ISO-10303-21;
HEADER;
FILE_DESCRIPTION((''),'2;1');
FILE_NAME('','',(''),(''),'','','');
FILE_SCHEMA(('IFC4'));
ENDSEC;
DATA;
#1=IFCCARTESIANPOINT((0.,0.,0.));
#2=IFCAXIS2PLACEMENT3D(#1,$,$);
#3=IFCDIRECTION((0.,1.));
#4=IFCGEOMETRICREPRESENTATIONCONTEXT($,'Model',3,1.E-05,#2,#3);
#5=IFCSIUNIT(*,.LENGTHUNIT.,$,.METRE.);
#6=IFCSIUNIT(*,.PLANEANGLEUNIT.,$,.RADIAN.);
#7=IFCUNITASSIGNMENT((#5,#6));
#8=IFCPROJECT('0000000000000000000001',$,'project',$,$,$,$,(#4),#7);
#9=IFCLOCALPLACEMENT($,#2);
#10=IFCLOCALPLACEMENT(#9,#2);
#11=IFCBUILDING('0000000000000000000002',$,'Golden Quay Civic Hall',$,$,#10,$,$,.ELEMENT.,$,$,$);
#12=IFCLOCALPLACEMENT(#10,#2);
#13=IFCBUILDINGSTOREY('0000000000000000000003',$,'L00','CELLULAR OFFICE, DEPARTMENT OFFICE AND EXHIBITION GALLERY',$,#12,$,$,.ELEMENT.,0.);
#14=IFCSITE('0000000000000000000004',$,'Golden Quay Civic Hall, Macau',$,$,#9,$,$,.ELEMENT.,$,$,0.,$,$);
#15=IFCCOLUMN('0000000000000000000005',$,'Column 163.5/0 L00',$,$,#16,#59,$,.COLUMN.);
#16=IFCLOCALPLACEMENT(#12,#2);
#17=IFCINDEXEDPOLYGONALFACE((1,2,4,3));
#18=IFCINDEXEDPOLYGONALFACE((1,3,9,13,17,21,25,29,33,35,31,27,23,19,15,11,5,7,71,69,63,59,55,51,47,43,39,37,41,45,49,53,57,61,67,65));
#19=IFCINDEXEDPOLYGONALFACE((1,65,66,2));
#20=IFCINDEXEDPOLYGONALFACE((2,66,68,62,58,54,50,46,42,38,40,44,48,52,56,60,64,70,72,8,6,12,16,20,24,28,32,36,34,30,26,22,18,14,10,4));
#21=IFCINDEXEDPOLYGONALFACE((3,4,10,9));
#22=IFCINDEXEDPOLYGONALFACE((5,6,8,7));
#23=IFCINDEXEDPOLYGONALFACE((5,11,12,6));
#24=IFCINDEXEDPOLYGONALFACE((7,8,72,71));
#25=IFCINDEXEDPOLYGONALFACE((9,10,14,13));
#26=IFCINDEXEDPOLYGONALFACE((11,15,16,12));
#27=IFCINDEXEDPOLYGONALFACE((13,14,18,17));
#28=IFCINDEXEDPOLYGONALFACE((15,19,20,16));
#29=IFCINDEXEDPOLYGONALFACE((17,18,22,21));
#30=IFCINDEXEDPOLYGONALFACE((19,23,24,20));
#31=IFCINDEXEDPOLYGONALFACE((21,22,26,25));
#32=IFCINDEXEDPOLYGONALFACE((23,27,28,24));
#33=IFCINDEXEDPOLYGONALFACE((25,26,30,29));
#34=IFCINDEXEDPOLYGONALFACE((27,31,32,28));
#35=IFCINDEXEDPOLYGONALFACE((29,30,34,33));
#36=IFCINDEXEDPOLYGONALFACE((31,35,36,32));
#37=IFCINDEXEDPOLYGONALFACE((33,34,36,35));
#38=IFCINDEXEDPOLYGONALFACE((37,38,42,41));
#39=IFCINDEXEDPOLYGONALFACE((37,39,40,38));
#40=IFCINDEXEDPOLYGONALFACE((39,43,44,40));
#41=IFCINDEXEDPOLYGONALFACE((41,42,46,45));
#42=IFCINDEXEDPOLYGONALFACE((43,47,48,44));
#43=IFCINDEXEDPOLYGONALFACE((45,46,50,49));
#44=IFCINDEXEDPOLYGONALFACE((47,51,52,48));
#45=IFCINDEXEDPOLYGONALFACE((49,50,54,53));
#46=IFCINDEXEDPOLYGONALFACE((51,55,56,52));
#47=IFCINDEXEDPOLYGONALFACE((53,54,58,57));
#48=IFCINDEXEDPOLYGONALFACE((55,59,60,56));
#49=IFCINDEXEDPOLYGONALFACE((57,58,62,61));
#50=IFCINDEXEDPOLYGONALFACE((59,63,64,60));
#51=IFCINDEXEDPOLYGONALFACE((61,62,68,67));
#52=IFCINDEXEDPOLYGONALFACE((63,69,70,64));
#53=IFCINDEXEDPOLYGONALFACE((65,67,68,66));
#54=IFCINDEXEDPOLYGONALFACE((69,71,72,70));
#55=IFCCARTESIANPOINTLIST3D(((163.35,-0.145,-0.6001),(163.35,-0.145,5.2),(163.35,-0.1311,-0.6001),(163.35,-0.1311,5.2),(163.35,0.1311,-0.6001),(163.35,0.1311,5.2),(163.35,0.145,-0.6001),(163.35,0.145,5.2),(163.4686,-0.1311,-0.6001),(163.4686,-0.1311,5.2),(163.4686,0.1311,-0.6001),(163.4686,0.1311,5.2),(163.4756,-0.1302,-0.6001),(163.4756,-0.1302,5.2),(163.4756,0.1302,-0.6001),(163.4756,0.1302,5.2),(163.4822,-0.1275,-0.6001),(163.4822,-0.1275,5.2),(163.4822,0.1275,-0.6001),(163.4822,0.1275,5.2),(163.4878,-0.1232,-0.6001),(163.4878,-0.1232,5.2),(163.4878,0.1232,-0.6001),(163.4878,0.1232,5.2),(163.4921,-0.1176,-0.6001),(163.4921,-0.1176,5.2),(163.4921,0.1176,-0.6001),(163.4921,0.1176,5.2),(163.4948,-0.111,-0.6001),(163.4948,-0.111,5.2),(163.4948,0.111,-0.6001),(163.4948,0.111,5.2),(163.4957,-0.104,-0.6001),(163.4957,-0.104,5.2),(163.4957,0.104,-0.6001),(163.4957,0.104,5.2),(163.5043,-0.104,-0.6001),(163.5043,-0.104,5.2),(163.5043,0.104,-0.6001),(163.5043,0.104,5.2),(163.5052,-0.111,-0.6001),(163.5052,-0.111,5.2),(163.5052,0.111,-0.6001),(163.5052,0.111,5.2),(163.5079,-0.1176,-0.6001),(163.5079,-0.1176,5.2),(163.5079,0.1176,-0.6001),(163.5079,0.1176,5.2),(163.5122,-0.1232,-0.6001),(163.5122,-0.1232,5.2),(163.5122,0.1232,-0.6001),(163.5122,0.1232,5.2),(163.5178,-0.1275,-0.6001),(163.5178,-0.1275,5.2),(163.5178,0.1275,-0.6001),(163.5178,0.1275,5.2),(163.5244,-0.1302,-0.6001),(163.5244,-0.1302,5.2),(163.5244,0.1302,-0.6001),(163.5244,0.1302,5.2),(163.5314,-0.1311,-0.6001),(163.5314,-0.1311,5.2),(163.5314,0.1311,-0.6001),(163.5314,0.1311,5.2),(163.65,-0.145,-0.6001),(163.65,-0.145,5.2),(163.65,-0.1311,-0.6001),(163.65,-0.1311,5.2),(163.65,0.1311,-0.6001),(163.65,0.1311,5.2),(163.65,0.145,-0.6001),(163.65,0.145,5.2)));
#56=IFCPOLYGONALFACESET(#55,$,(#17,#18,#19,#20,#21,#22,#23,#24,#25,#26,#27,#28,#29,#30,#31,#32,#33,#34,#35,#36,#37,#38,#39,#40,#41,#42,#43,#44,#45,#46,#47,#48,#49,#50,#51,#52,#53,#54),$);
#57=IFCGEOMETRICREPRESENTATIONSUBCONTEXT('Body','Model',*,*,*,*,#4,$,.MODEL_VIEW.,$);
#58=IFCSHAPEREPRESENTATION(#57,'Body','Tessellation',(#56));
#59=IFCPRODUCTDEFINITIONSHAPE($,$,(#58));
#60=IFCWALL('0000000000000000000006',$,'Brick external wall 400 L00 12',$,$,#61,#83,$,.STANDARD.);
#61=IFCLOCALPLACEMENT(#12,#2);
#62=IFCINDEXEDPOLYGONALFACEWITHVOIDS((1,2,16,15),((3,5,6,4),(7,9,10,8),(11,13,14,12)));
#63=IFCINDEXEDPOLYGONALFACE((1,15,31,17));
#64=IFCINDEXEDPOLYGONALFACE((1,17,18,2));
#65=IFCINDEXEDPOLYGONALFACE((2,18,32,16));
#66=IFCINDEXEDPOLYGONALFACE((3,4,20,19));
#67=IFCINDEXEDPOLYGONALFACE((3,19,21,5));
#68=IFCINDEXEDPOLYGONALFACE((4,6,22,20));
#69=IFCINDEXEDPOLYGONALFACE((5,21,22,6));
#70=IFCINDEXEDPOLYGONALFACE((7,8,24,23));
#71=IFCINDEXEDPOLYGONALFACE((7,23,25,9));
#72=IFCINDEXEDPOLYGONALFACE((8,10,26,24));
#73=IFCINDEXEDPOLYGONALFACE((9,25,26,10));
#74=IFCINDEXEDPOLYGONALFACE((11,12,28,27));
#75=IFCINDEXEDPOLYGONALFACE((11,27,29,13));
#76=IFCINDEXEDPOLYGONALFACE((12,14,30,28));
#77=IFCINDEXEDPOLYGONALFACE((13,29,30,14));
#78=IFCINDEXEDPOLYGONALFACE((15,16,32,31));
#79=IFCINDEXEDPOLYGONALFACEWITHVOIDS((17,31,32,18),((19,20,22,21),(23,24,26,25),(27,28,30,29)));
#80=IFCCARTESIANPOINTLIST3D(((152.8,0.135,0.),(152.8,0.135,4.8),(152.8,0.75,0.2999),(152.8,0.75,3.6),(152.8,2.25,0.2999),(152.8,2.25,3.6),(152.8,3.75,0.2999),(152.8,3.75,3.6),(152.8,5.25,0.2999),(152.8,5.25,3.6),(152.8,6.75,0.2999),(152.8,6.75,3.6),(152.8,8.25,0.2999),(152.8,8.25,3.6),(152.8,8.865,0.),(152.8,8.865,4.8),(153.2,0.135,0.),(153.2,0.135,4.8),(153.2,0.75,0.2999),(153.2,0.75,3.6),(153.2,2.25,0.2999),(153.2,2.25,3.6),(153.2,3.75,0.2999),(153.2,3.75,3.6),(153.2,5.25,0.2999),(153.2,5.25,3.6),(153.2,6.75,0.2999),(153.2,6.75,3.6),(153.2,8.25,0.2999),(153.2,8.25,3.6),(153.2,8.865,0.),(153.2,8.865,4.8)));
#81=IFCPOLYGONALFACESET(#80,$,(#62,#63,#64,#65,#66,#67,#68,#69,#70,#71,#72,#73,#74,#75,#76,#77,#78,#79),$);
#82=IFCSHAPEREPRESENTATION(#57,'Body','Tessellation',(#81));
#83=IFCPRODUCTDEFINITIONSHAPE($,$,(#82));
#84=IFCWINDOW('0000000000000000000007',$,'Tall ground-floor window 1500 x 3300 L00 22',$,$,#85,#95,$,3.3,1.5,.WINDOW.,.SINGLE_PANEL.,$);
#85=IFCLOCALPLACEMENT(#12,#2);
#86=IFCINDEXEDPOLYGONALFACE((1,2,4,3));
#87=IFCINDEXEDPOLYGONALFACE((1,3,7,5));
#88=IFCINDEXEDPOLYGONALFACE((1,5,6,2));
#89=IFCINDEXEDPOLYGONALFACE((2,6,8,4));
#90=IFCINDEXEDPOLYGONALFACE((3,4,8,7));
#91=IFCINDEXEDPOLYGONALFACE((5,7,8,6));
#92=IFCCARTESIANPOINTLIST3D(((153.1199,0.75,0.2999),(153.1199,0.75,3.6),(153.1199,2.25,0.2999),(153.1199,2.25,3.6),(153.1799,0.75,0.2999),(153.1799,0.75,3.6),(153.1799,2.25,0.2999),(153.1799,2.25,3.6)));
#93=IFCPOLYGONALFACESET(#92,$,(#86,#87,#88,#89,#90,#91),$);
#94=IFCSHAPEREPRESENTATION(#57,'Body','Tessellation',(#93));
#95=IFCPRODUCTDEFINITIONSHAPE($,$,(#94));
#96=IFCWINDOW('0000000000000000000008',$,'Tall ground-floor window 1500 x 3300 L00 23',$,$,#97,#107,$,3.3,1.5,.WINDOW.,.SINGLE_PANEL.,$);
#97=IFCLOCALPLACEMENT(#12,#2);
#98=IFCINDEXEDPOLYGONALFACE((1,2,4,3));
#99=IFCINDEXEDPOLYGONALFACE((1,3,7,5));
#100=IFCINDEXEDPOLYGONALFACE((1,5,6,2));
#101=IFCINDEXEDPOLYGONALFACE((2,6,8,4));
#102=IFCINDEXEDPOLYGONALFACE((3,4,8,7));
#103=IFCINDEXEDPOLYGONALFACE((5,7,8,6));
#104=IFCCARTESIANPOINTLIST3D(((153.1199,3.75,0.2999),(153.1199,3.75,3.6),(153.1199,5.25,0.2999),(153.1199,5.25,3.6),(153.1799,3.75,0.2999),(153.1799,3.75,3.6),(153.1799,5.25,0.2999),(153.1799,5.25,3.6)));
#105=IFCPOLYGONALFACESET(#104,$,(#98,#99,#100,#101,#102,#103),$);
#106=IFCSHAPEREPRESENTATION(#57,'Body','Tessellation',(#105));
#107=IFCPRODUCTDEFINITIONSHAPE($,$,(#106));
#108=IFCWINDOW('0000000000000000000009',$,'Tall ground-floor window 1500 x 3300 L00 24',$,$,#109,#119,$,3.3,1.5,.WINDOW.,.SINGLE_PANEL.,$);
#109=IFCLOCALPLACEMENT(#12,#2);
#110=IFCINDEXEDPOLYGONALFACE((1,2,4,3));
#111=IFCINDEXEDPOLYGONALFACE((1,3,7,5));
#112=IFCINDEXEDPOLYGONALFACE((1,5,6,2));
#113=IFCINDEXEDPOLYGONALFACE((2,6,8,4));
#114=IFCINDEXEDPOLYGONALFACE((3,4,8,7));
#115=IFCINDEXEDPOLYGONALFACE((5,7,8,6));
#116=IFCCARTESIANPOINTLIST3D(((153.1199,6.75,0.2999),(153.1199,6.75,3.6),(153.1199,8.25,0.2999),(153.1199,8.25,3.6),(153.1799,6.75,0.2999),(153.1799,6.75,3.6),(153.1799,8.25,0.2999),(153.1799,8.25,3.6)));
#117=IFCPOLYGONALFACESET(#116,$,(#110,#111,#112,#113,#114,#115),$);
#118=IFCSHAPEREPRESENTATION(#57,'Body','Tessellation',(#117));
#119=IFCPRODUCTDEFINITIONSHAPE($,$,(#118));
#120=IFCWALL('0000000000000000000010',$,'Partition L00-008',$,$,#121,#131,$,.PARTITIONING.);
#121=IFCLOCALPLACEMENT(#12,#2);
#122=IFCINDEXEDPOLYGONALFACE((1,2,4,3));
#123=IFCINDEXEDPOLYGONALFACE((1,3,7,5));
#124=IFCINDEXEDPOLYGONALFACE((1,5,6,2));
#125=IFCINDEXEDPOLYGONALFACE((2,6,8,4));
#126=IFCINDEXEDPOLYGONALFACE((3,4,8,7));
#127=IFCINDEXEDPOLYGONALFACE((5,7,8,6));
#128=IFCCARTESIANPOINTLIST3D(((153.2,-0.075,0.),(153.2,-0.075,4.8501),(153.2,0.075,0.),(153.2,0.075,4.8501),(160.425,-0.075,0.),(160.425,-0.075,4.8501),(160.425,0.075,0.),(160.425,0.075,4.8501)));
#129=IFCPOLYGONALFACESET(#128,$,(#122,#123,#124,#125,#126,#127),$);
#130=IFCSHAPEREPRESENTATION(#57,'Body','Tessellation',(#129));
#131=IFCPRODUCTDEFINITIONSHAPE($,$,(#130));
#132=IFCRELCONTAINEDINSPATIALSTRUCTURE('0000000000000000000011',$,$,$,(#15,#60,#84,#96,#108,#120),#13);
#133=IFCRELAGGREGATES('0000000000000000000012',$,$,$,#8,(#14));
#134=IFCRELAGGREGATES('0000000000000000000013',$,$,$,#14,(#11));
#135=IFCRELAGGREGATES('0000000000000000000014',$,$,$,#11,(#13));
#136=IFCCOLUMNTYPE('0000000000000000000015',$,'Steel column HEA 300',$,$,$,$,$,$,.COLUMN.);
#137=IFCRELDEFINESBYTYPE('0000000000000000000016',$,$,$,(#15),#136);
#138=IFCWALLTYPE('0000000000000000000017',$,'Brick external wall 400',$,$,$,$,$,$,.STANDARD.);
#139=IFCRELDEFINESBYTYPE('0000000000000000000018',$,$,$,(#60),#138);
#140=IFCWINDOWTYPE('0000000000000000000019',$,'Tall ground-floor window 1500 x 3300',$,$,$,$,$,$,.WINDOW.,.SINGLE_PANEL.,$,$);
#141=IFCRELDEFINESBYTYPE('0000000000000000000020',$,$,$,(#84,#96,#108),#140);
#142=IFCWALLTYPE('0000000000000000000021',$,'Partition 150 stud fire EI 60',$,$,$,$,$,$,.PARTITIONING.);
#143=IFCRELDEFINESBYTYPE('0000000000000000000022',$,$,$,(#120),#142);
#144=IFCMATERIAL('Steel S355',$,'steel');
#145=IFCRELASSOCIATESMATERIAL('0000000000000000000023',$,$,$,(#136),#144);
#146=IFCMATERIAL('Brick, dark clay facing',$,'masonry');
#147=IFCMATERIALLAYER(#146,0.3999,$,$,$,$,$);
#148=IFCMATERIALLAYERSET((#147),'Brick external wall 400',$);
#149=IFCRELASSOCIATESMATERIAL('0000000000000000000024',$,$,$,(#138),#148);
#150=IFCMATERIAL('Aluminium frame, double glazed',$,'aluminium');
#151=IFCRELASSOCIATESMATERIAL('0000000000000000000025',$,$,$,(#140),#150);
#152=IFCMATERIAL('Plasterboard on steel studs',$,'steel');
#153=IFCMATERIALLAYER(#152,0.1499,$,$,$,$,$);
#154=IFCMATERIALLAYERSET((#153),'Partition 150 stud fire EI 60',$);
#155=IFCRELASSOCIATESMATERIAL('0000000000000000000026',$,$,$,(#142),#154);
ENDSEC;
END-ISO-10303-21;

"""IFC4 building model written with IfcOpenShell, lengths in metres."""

from ifc_helpers import new_model, si_unit, direction, frame, frame_2d, origin, origin_2d, place, context, subcontext, project, spatial, rectangle, i_section, extrude, material, layer, layer_set, material_profile, profile_set, type_object, element, fill, save


model = new_model("IFC4")

# Units and contexts
model_context = context("Model", 3, precision=1e-05, world=origin(), true_north=direction((0.0, 1.0)))
body_context = subcontext(model_context, "Body", "Model", "MODEL_VIEW")
ifc_project = project(units=[si_unit("LENGTHUNIT", "METRE"), si_unit("PLANEANGLEUNIT", "RADIAN")], contexts=[model_context])

# Site, building, storey
site_placement = place(None, origin())
site = spatial("IfcSite", under=ifc_project, at=site_placement, Name="Golden Quay Civic Hall, Macau", CompositionType="ELEMENT", RefElevation=0.0)
building_placement = place(site_placement, origin())
building = spatial("IfcBuilding", under=site, at=building_placement, Name="Golden Quay Civic Hall", CompositionType="ELEMENT")
storey_placement = place(building_placement, origin())
storey = spatial("IfcBuildingStorey", under=building, at=storey_placement, Name="L00", Description="CELLULAR OFFICE, DEPARTMENT OFFICE AND EXHIBITION GALLERY", CompositionType="ELEMENT", Elevation=0.0)

# Column
ifc_material_1 = material(Name="Steel S355", Category="steel")
ifc_material_profile_1 = material_profile(ifc_material_1, i_section(OverallWidth=0.3, OverallDepth=0.29, WebThickness=0.0085, FlangeThickness=0.0139, FilletRadius=0.0271, at=origin_2d()), Name="HEA 300")
ifc_profile_set_1 = profile_set([ifc_material_profile_1], Name="Steel S355")
column_type = type_object("IfcColumnType", Name="Steel column HEA 300", PredefinedType="COLUMN", material=ifc_profile_set_1)
for number, where, z_axis, x_axis, name in (
    (1, (163.5, 0.0, -0.6001), (0.0, 0.0, 1.0), (1.0, 0.0, 0.0), "Column 163.5/0 L00"),
):
    element("IfcColumn", number, at=place(storey_placement, frame(where, z_axis=z_axis, x_axis=x_axis)), inside=storey, type_object=column_type, Name=name, PredefinedType="COLUMN", context=body_context, shape_type="SweptSolid", body=[
        extrude(i_section(OverallWidth=0.3, OverallDepth=0.29, WebThickness=0.0085, FlangeThickness=0.0139, FilletRadius=0.0271, at=origin_2d()), origin(), (0.0, 0.0, 1.0), 5.8),
    ])

# Wall, openings, windows
ifc_material_2 = material(Name="Brick, dark clay facing", Category="masonry")
ifc_layer_1 = layer(ifc_material_2, 0.3999)
ifc_layer_set_1 = layer_set([ifc_layer_1], Name="Brick external wall 400")
wall_type_1 = type_object("IfcWallType", Name="Brick external wall 400", PredefinedType="STANDARD", material=ifc_layer_set_1)
wall_1_placement = place(storey_placement, frame((153.0, 0.135, 0.0), z_axis=(0.0, 0.0, 1.0), x_axis=(0.0, 1.0, 0.0)))
wall_1 = element("IfcWall", 2, at=wall_1_placement, inside=storey, type_object=wall_type_1, Name="Brick external wall 400 L00 12", PredefinedType="STANDARD", context=body_context, shape_type="SweptSolid", body=[
    extrude(rectangle(XDim=8.73, YDim=0.3999, at=frame_2d((4.365, 0.0))), origin(), (0.0, 0.0, 1.0), 4.8),
])
opening_1_placement = place(wall_1_placement, frame((0.615, 0.0, 0.3)))
opening_1 = element("IfcOpeningElement", 3, at=opening_1_placement, cuts=wall_1, PredefinedType="OPENING", context=body_context, shape_type="SweptSolid", body=[
    extrude(rectangle(XDim=1.5, YDim=3.3, at=frame_2d((0.75, 1.6499))), frame((0.0, 0.21, 0.0), z_axis=(0.0, -1.0, 0.0), x_axis=(1.0, 0.0, 0.0)), (0.0, 0.0, 1.0), 0.4199),
])
opening_2_placement = place(wall_1_placement, frame((3.615, 0.0, 0.3)))
opening_2 = element("IfcOpeningElement", 4, at=opening_2_placement, cuts=wall_1, PredefinedType="OPENING", context=body_context, shape_type="SweptSolid", body=[
    extrude(rectangle(XDim=1.5, YDim=3.3, at=frame_2d((0.75, 1.6499))), frame((0.0, 0.21, 0.0), z_axis=(0.0, -1.0, 0.0), x_axis=(1.0, 0.0, 0.0)), (0.0, 0.0, 1.0), 0.4199),
])
opening_3_placement = place(wall_1_placement, frame((6.615, 0.0, 0.3)))
opening_3 = element("IfcOpeningElement", 5, at=opening_3_placement, cuts=wall_1, PredefinedType="OPENING", context=body_context, shape_type="SweptSolid", body=[
    extrude(rectangle(XDim=1.5, YDim=3.3, at=frame_2d((0.75, 1.6499))), frame((0.0, 0.21, 0.0), z_axis=(0.0, -1.0, 0.0), x_axis=(1.0, 0.0, 0.0)), (0.0, 0.0, 1.0), 0.4199),
])
ifc_material_3 = material(Name="Aluminium frame, double glazed", Category="aluminium")
window_type = type_object("IfcWindowType", Name="Tall ground-floor window 1500 x 3300", PartitioningType="SINGLE_PANEL", PredefinedType="WINDOW", material=ifc_material_3)
window_1_placement = place(opening_1_placement, origin())
window_1 = element("IfcWindow", 6, at=window_1_placement, inside=storey, type_object=window_type, Name="Tall ground-floor window 1500 x 3300 L00 22", OverallHeight=3.3, OverallWidth=1.5, PartitioningType="SINGLE_PANEL", PredefinedType="WINDOW", context=body_context, shape_type="SweptSolid", body=[
    extrude(rectangle(XDim=1.5, YDim=3.3, at=frame_2d((0.75, 1.6499))), frame((0.0, -0.1199, 0.0), z_axis=(0.0, -1.0, 0.0), x_axis=(1.0, 0.0, 0.0)), (0.0, 0.0, 1.0), 0.0601),
])
fill(opening_1, window_1)
window_2_placement = place(opening_2_placement, origin())
window_2 = element("IfcWindow", 7, at=window_2_placement, inside=storey, type_object=window_type, Name="Tall ground-floor window 1500 x 3300 L00 23", OverallHeight=3.3, OverallWidth=1.5, PartitioningType="SINGLE_PANEL", PredefinedType="WINDOW", context=body_context, shape_type="SweptSolid", body=[
    extrude(rectangle(XDim=1.5, YDim=3.3, at=frame_2d((0.75, 1.6499))), frame((0.0, -0.1199, 0.0), z_axis=(0.0, -1.0, 0.0), x_axis=(1.0, 0.0, 0.0)), (0.0, 0.0, 1.0), 0.0601),
])
fill(opening_2, window_2)
window_3_placement = place(opening_3_placement, origin())
window_3 = element("IfcWindow", 8, at=window_3_placement, inside=storey, type_object=window_type, Name="Tall ground-floor window 1500 x 3300 L00 24", OverallHeight=3.3, OverallWidth=1.5, PartitioningType="SINGLE_PANEL", PredefinedType="WINDOW", context=body_context, shape_type="SweptSolid", body=[
    extrude(rectangle(XDim=1.5, YDim=3.3, at=frame_2d((0.75, 1.6499))), frame((0.0, -0.1199, 0.0), z_axis=(0.0, -1.0, 0.0), x_axis=(1.0, 0.0, 0.0)), (0.0, 0.0, 1.0), 0.0601),
])
fill(opening_3, window_3)

# Wall
ifc_material_4 = material(Name="Plasterboard on steel studs", Category="steel")
ifc_layer_2 = layer(ifc_material_4, 0.1499)
ifc_layer_set_2 = layer_set([ifc_layer_2], Name="Partition 150 stud fire EI 60")
wall_type_2 = type_object("IfcWallType", Name="Partition 150 stud fire EI 60", PredefinedType="PARTITIONING", material=ifc_layer_set_2)
wall_2_placement = place(storey_placement, frame((153.2, 0.0, 0.0), z_axis=(0.0, 0.0, 1.0), x_axis=(1.0, 0.0, 0.0)))
element("IfcWall", 9, at=wall_2_placement, inside=storey, type_object=wall_type_2, Name="Partition L00-008", PredefinedType="PARTITIONING", context=body_context, shape_type="SweptSolid", body=[
    extrude(rectangle(XDim=7.2251, YDim=0.1499, at=frame_2d((3.6125, 0.0))), origin(), (0.0, 0.0, 1.0), 4.8501),
])

save(model, "model.ifc")
